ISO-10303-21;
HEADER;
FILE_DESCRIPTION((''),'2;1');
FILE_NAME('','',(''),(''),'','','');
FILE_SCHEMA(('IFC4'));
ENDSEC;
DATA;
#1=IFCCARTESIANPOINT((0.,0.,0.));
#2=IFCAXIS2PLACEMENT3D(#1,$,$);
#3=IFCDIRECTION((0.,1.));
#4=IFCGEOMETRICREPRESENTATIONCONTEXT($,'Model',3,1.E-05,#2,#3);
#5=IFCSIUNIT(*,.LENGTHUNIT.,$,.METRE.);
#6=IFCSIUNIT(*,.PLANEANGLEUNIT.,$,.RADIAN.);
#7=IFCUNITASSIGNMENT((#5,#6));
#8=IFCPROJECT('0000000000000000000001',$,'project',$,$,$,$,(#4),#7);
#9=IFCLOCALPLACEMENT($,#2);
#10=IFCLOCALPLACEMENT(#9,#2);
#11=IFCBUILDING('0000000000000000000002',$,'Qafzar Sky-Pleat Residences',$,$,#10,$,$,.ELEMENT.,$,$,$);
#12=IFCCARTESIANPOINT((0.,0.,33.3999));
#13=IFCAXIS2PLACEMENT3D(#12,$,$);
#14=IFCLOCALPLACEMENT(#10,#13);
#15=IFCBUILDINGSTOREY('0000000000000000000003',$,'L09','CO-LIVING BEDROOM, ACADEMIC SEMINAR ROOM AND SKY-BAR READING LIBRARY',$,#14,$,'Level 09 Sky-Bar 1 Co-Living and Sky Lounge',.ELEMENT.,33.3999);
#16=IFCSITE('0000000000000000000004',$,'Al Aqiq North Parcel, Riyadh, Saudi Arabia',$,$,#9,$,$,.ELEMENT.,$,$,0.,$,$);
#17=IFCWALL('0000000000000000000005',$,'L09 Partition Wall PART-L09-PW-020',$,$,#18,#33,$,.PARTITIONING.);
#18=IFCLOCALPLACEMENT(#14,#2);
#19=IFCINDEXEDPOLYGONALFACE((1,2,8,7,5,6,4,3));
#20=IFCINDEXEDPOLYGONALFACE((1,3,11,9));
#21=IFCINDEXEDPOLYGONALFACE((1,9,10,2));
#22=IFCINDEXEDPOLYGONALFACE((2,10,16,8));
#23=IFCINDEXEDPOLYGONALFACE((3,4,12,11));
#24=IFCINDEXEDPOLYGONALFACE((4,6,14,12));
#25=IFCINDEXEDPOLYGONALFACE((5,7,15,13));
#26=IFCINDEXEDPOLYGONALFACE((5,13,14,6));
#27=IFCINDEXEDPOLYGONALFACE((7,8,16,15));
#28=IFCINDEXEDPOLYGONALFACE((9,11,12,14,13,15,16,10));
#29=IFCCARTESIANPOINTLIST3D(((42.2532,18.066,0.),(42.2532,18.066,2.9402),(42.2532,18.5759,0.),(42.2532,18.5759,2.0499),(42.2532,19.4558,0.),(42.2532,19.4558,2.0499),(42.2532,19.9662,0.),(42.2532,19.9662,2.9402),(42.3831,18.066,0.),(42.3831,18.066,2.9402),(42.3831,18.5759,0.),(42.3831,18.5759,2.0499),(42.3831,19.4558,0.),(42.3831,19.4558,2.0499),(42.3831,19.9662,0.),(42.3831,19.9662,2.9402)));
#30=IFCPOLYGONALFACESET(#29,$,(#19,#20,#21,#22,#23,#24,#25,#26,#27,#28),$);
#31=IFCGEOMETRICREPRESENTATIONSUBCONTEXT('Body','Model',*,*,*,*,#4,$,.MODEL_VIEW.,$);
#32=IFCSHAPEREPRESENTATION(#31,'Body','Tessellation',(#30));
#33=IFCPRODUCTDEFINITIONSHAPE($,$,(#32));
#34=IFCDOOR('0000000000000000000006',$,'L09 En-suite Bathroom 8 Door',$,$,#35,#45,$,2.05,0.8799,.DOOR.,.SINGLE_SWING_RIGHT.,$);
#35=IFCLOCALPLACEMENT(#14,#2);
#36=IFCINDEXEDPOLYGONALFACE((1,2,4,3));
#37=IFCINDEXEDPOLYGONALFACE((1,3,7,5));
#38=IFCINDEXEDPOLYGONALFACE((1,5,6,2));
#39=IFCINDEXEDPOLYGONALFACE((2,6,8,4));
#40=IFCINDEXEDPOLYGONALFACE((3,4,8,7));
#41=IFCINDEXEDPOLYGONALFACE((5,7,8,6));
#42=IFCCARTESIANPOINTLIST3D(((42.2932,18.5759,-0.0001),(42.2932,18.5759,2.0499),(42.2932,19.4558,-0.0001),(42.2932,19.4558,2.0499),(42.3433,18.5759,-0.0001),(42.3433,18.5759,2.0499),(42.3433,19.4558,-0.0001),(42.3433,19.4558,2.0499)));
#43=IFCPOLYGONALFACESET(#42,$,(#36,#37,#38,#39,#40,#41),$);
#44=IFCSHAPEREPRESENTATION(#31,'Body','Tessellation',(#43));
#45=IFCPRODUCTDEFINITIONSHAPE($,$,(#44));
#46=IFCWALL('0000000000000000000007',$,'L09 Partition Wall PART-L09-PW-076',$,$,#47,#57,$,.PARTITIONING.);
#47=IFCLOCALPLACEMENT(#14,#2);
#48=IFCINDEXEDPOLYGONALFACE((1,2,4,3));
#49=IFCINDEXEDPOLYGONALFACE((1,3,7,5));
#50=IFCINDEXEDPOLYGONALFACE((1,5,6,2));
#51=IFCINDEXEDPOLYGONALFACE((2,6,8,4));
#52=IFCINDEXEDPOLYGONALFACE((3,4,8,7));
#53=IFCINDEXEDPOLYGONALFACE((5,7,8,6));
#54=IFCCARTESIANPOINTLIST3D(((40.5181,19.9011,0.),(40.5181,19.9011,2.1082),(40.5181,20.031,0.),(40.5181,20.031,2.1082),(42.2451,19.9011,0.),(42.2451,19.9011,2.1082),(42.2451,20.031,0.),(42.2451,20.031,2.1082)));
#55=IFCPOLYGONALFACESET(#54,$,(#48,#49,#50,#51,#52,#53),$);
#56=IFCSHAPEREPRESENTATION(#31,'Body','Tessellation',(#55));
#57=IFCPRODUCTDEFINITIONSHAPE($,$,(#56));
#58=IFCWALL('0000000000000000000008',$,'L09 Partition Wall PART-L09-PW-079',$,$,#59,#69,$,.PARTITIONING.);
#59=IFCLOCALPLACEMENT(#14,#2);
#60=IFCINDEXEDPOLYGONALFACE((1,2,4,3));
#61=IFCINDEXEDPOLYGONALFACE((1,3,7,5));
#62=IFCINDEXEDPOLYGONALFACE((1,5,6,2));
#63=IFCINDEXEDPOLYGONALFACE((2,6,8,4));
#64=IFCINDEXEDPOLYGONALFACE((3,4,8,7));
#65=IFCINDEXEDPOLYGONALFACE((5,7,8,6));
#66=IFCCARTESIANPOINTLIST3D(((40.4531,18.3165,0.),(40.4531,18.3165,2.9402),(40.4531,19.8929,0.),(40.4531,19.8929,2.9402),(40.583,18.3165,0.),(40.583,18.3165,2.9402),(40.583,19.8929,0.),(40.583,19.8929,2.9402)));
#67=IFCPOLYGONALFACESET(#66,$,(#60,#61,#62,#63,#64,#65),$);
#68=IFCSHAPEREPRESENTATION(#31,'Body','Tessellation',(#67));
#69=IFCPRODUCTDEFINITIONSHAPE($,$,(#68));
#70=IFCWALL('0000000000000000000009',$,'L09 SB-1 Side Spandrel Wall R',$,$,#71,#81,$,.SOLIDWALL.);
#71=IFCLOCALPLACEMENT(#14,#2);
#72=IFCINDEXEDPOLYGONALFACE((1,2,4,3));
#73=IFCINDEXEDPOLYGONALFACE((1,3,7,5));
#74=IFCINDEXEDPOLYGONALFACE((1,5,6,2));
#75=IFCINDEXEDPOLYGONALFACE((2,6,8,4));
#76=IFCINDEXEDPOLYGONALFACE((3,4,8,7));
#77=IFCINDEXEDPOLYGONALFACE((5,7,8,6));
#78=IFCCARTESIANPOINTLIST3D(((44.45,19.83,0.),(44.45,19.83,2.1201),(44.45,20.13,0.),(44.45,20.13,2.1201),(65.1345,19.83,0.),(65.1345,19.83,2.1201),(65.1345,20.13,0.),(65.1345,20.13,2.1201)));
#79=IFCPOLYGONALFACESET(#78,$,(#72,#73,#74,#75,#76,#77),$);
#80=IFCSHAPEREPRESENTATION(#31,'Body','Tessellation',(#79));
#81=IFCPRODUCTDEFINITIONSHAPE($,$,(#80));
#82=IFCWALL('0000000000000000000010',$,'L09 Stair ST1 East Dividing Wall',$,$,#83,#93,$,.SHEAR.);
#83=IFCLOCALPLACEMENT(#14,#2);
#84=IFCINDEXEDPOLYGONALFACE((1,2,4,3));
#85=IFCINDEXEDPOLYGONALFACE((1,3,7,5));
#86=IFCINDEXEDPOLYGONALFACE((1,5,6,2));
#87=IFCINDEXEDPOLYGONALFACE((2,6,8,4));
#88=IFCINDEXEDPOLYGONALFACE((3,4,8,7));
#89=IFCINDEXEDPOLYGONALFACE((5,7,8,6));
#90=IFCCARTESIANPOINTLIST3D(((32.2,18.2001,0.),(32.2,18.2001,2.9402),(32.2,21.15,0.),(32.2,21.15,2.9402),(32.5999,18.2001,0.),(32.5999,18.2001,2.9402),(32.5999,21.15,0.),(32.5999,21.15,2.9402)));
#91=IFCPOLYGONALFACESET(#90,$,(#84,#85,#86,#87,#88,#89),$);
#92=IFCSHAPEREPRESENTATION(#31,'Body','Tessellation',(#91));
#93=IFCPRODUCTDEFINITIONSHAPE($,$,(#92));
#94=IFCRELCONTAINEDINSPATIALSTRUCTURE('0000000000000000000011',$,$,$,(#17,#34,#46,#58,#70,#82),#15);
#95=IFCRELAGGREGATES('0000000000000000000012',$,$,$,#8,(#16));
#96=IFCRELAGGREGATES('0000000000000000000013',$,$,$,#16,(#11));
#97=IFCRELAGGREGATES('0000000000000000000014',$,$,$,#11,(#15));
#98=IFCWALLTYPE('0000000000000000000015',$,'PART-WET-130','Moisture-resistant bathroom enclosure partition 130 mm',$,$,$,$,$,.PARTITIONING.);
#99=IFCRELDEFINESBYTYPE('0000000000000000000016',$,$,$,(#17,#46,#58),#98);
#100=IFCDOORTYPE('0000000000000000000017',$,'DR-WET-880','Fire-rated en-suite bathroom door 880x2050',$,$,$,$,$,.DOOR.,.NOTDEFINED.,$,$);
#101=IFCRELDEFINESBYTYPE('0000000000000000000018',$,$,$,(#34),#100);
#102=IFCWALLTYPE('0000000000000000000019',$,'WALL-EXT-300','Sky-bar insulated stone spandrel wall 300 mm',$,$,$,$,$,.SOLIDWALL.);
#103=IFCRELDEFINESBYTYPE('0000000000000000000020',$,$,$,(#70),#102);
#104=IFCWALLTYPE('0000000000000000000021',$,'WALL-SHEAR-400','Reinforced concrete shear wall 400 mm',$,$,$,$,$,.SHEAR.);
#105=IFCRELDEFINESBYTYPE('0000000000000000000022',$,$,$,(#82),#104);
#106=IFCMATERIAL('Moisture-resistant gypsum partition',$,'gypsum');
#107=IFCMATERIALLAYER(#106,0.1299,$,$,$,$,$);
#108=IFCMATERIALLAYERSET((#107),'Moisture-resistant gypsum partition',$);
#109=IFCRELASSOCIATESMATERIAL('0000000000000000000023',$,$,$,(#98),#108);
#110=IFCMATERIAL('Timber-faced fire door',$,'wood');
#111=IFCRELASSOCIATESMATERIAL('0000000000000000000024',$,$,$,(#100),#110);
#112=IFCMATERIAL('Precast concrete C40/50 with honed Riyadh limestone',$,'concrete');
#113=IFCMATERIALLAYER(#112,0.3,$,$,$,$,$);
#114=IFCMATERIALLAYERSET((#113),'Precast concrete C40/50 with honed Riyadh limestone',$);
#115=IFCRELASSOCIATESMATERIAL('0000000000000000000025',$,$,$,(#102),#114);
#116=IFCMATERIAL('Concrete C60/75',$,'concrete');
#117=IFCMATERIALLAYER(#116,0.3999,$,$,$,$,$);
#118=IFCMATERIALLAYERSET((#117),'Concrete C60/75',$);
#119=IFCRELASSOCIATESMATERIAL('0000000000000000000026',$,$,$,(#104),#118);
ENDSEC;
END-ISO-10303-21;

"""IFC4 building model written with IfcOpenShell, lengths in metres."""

from ifc_helpers import new_model, si_unit, direction, frame, frame_2d, origin, place, context, subcontext, project, spatial, rectangle, extrude, source, transform, mapped, material, layer, layer_set, type_object, element, fill, save


model = new_model("IFC4")

# Units and contexts
model_context = context("Model", 3, precision=1e-05, world=origin(), true_north=direction((0.0, 1.0)))
body_context = subcontext(model_context, "Body", "Model", "MODEL_VIEW")
ifc_project = project(units=[si_unit("LENGTHUNIT", "METRE"), si_unit("PLANEANGLEUNIT", "RADIAN")], contexts=[model_context])

# Site, building, storey
site_placement = place(None, origin())
site = spatial("IfcSite", under=ifc_project, at=site_placement, Name="Al Aqiq North Parcel, Riyadh, Saudi Arabia", CompositionType="ELEMENT", RefElevation=0.0)
building_placement = place(site_placement, origin())
building = spatial("IfcBuilding", under=site, at=building_placement, Name="Qafzar Sky-Pleat Residences", CompositionType="ELEMENT")
storey_placement = place(building_placement, frame((0.0, 0.0, 33.3999)))
storey = spatial("IfcBuildingStorey", under=building, at=storey_placement, Name="L09", Description="CO-LIVING BEDROOM, ACADEMIC SEMINAR ROOM AND SKY-BAR READING LIBRARY", LongName="Level 09 Sky-Bar 1 Co-Living and Sky Lounge", CompositionType="ELEMENT", Elevation=33.3999)

# Shared definitions
ifc_material_1 = material(Name="Timber-faced fire door", Category="wood")

# Wall, opening, door
ifc_material_2 = material(Name="Moisture-resistant gypsum partition", Category="gypsum")
ifc_layer_1 = layer(ifc_material_2, 0.1299)
ifc_layer_set_1 = layer_set([ifc_layer_1], Name="Moisture-resistant gypsum partition")
wall_type_1 = type_object("IfcWallType", Name="PART-WET-130", Description="Moisture-resistant bathroom enclosure partition 130 mm", PredefinedType="PARTITIONING", material=ifc_layer_set_1)
wall_1_placement = place(storey_placement, frame((42.3181, 18.0659, 0.0), z_axis=(0.0, 0.0, 1.0), x_axis=(0.0, 1.0, 0.0)))
wall_1 = element("IfcWall", 1, at=wall_1_placement, inside=storey, type_object=wall_type_1, Name="L09 Partition Wall PART-L09-PW-020", PredefinedType="PARTITIONING", context=body_context, shape_type="SweptSolid", body=[
    extrude(rectangle(XDim=1.9001, YDim=0.1299, at=frame_2d((0.9502, 0.0))), origin(), (0.0, 0.0, 1.0), 2.9402),
])
opening_1_placement = place(wall_1_placement, frame((0.51, 0.0, 0.0)))
opening_1 = element("IfcOpeningElement", 2, at=opening_1_placement, cuts=wall_1, PredefinedType="OPENING", context=body_context, shape_type="SweptSolid", body=[
    extrude(rectangle(XDim=0.8799, YDim=2.05, at=frame_2d((0.4399, 1.0249))), frame((0.0, 0.075, 0.0), z_axis=(0.0, -1.0, 0.0), x_axis=(1.0, 0.0, 0.0)), (0.0, 0.0, 1.0), 0.1499),
])
door_type_1 = type_object("IfcDoorType", Name="DR-WET-880", Description="Fire-rated en-suite bathroom door 880x2050", OperationType="NOTDEFINED", PredefinedType="DOOR", material=ifc_material_1)
shared_shape_1 = source(origin(), body_context, "Body", "SweptSolid", [
    extrude(rectangle(XDim=0.8799, YDim=2.05, at=frame_2d((0.4399, 1.0249))), frame((0.0, 0.0249, 0.0), z_axis=(0.0, -1.0, 0.0), x_axis=(1.0, 0.0, 0.0)), (0.0, 0.0, 1.0), 0.05),
])
door_1_placement = place(opening_1_placement, origin())
door_1 = element("IfcDoor", 3, at=door_1_placement, inside=storey, type_object=door_type_1, Name="L09 En-suite Bathroom 8 Door", OperationType="SINGLE_SWING_RIGHT", OverallHeight=2.05, OverallWidth=0.8799, PredefinedType="DOOR", context=body_context, shape_type="MappedRepresentation", body=[
    mapped(shared_shape_1, transform((0.0, 0.0, 0.0), x_axis=(1.0, 0.0, 0.0), y_axis=(0.0, 1.0, 0.0), z_axis=(0.0, 0.0, 1.0), scale=1.0)),
])
fill(opening_1, door_1)

# Walls
wall_2_placement = place(storey_placement, frame((40.5181, 19.9661, 0.0), z_axis=(0.0, 0.0, 1.0), x_axis=(1.0, 0.0, 0.0)))
element("IfcWall", 4, at=wall_2_placement, inside=storey, type_object=wall_type_1, Name="L09 Partition Wall PART-L09-PW-076", PredefinedType="PARTITIONING", context=body_context, shape_type="SweptSolid", body=[
    extrude(rectangle(XDim=1.7271, YDim=0.1299, at=frame_2d((0.8635, 0.0))), origin(), (0.0, 0.0, 1.0), 2.1082),
])
wall_3_placement = place(storey_placement, frame((40.5181, 18.3167, 0.0), z_axis=(0.0, 0.0, 1.0), x_axis=(0.0, 1.0, 0.0)))
element("IfcWall", 5, at=wall_3_placement, inside=storey, type_object=wall_type_1, Name="L09 Partition Wall PART-L09-PW-079", PredefinedType="PARTITIONING", context=body_context, shape_type="SweptSolid", body=[
    extrude(rectangle(XDim=1.5764, YDim=0.1299, at=frame_2d((0.7881, 0.0))), origin(), (0.0, 0.0, 1.0), 2.9402),
])
ifc_material_3 = material(Name="Precast concrete C40/50 with honed Riyadh limestone", Category="concrete")
ifc_layer_2 = layer(ifc_material_3, 0.3)
ifc_layer_set_2 = layer_set([ifc_layer_2], Name="Precast concrete C40/50 with honed Riyadh limestone")
wall_type_2 = type_object("IfcWallType", Name="WALL-EXT-300", Description="Sky-bar insulated stone spandrel wall 300 mm", PredefinedType="SOLIDWALL", material=ifc_layer_set_2)
wall_4_placement = place(storey_placement, frame((44.45, 19.98, 0.0), z_axis=(0.0, 0.0, 1.0), x_axis=(1.0, 0.0, 0.0)))
element("IfcWall", 6, at=wall_4_placement, inside=storey, type_object=wall_type_2, Name="L09 SB-1 Side Spandrel Wall R", PredefinedType="SOLIDWALL", context=body_context, shape_type="SweptSolid", body=[
    extrude(rectangle(XDim=20.6846, YDim=0.3, at=frame_2d((10.3423, 0.0))), origin(), (0.0, 0.0, 1.0), 2.1201),
])
ifc_material_4 = material(Name="Concrete C60/75", Category="concrete")
ifc_layer_3 = layer(ifc_material_4, 0.3999)
ifc_layer_set_3 = layer_set([ifc_layer_3], Name="Concrete C60/75")
wall_type_3 = type_object("IfcWallType", Name="WALL-SHEAR-400", Description="Reinforced concrete shear wall 400 mm", PredefinedType="SHEAR", material=ifc_layer_set_3)
wall_5_placement = place(storey_placement, frame((32.3999, 18.2, 0.0), z_axis=(0.0, 0.0, 1.0), x_axis=(0.0, 1.0, 0.0)))
element("IfcWall", 7, at=wall_5_placement, inside=storey, type_object=wall_type_3, Name="L09 Stair ST1 East Dividing Wall", PredefinedType="SHEAR", context=body_context, shape_type="SweptSolid", body=[
    extrude(rectangle(XDim=2.95, YDim=0.3999, at=frame_2d((1.4751, 0.0))), origin(), (0.0, 0.0, 1.0), 2.9402),
])

save(model, "model.ifc")
